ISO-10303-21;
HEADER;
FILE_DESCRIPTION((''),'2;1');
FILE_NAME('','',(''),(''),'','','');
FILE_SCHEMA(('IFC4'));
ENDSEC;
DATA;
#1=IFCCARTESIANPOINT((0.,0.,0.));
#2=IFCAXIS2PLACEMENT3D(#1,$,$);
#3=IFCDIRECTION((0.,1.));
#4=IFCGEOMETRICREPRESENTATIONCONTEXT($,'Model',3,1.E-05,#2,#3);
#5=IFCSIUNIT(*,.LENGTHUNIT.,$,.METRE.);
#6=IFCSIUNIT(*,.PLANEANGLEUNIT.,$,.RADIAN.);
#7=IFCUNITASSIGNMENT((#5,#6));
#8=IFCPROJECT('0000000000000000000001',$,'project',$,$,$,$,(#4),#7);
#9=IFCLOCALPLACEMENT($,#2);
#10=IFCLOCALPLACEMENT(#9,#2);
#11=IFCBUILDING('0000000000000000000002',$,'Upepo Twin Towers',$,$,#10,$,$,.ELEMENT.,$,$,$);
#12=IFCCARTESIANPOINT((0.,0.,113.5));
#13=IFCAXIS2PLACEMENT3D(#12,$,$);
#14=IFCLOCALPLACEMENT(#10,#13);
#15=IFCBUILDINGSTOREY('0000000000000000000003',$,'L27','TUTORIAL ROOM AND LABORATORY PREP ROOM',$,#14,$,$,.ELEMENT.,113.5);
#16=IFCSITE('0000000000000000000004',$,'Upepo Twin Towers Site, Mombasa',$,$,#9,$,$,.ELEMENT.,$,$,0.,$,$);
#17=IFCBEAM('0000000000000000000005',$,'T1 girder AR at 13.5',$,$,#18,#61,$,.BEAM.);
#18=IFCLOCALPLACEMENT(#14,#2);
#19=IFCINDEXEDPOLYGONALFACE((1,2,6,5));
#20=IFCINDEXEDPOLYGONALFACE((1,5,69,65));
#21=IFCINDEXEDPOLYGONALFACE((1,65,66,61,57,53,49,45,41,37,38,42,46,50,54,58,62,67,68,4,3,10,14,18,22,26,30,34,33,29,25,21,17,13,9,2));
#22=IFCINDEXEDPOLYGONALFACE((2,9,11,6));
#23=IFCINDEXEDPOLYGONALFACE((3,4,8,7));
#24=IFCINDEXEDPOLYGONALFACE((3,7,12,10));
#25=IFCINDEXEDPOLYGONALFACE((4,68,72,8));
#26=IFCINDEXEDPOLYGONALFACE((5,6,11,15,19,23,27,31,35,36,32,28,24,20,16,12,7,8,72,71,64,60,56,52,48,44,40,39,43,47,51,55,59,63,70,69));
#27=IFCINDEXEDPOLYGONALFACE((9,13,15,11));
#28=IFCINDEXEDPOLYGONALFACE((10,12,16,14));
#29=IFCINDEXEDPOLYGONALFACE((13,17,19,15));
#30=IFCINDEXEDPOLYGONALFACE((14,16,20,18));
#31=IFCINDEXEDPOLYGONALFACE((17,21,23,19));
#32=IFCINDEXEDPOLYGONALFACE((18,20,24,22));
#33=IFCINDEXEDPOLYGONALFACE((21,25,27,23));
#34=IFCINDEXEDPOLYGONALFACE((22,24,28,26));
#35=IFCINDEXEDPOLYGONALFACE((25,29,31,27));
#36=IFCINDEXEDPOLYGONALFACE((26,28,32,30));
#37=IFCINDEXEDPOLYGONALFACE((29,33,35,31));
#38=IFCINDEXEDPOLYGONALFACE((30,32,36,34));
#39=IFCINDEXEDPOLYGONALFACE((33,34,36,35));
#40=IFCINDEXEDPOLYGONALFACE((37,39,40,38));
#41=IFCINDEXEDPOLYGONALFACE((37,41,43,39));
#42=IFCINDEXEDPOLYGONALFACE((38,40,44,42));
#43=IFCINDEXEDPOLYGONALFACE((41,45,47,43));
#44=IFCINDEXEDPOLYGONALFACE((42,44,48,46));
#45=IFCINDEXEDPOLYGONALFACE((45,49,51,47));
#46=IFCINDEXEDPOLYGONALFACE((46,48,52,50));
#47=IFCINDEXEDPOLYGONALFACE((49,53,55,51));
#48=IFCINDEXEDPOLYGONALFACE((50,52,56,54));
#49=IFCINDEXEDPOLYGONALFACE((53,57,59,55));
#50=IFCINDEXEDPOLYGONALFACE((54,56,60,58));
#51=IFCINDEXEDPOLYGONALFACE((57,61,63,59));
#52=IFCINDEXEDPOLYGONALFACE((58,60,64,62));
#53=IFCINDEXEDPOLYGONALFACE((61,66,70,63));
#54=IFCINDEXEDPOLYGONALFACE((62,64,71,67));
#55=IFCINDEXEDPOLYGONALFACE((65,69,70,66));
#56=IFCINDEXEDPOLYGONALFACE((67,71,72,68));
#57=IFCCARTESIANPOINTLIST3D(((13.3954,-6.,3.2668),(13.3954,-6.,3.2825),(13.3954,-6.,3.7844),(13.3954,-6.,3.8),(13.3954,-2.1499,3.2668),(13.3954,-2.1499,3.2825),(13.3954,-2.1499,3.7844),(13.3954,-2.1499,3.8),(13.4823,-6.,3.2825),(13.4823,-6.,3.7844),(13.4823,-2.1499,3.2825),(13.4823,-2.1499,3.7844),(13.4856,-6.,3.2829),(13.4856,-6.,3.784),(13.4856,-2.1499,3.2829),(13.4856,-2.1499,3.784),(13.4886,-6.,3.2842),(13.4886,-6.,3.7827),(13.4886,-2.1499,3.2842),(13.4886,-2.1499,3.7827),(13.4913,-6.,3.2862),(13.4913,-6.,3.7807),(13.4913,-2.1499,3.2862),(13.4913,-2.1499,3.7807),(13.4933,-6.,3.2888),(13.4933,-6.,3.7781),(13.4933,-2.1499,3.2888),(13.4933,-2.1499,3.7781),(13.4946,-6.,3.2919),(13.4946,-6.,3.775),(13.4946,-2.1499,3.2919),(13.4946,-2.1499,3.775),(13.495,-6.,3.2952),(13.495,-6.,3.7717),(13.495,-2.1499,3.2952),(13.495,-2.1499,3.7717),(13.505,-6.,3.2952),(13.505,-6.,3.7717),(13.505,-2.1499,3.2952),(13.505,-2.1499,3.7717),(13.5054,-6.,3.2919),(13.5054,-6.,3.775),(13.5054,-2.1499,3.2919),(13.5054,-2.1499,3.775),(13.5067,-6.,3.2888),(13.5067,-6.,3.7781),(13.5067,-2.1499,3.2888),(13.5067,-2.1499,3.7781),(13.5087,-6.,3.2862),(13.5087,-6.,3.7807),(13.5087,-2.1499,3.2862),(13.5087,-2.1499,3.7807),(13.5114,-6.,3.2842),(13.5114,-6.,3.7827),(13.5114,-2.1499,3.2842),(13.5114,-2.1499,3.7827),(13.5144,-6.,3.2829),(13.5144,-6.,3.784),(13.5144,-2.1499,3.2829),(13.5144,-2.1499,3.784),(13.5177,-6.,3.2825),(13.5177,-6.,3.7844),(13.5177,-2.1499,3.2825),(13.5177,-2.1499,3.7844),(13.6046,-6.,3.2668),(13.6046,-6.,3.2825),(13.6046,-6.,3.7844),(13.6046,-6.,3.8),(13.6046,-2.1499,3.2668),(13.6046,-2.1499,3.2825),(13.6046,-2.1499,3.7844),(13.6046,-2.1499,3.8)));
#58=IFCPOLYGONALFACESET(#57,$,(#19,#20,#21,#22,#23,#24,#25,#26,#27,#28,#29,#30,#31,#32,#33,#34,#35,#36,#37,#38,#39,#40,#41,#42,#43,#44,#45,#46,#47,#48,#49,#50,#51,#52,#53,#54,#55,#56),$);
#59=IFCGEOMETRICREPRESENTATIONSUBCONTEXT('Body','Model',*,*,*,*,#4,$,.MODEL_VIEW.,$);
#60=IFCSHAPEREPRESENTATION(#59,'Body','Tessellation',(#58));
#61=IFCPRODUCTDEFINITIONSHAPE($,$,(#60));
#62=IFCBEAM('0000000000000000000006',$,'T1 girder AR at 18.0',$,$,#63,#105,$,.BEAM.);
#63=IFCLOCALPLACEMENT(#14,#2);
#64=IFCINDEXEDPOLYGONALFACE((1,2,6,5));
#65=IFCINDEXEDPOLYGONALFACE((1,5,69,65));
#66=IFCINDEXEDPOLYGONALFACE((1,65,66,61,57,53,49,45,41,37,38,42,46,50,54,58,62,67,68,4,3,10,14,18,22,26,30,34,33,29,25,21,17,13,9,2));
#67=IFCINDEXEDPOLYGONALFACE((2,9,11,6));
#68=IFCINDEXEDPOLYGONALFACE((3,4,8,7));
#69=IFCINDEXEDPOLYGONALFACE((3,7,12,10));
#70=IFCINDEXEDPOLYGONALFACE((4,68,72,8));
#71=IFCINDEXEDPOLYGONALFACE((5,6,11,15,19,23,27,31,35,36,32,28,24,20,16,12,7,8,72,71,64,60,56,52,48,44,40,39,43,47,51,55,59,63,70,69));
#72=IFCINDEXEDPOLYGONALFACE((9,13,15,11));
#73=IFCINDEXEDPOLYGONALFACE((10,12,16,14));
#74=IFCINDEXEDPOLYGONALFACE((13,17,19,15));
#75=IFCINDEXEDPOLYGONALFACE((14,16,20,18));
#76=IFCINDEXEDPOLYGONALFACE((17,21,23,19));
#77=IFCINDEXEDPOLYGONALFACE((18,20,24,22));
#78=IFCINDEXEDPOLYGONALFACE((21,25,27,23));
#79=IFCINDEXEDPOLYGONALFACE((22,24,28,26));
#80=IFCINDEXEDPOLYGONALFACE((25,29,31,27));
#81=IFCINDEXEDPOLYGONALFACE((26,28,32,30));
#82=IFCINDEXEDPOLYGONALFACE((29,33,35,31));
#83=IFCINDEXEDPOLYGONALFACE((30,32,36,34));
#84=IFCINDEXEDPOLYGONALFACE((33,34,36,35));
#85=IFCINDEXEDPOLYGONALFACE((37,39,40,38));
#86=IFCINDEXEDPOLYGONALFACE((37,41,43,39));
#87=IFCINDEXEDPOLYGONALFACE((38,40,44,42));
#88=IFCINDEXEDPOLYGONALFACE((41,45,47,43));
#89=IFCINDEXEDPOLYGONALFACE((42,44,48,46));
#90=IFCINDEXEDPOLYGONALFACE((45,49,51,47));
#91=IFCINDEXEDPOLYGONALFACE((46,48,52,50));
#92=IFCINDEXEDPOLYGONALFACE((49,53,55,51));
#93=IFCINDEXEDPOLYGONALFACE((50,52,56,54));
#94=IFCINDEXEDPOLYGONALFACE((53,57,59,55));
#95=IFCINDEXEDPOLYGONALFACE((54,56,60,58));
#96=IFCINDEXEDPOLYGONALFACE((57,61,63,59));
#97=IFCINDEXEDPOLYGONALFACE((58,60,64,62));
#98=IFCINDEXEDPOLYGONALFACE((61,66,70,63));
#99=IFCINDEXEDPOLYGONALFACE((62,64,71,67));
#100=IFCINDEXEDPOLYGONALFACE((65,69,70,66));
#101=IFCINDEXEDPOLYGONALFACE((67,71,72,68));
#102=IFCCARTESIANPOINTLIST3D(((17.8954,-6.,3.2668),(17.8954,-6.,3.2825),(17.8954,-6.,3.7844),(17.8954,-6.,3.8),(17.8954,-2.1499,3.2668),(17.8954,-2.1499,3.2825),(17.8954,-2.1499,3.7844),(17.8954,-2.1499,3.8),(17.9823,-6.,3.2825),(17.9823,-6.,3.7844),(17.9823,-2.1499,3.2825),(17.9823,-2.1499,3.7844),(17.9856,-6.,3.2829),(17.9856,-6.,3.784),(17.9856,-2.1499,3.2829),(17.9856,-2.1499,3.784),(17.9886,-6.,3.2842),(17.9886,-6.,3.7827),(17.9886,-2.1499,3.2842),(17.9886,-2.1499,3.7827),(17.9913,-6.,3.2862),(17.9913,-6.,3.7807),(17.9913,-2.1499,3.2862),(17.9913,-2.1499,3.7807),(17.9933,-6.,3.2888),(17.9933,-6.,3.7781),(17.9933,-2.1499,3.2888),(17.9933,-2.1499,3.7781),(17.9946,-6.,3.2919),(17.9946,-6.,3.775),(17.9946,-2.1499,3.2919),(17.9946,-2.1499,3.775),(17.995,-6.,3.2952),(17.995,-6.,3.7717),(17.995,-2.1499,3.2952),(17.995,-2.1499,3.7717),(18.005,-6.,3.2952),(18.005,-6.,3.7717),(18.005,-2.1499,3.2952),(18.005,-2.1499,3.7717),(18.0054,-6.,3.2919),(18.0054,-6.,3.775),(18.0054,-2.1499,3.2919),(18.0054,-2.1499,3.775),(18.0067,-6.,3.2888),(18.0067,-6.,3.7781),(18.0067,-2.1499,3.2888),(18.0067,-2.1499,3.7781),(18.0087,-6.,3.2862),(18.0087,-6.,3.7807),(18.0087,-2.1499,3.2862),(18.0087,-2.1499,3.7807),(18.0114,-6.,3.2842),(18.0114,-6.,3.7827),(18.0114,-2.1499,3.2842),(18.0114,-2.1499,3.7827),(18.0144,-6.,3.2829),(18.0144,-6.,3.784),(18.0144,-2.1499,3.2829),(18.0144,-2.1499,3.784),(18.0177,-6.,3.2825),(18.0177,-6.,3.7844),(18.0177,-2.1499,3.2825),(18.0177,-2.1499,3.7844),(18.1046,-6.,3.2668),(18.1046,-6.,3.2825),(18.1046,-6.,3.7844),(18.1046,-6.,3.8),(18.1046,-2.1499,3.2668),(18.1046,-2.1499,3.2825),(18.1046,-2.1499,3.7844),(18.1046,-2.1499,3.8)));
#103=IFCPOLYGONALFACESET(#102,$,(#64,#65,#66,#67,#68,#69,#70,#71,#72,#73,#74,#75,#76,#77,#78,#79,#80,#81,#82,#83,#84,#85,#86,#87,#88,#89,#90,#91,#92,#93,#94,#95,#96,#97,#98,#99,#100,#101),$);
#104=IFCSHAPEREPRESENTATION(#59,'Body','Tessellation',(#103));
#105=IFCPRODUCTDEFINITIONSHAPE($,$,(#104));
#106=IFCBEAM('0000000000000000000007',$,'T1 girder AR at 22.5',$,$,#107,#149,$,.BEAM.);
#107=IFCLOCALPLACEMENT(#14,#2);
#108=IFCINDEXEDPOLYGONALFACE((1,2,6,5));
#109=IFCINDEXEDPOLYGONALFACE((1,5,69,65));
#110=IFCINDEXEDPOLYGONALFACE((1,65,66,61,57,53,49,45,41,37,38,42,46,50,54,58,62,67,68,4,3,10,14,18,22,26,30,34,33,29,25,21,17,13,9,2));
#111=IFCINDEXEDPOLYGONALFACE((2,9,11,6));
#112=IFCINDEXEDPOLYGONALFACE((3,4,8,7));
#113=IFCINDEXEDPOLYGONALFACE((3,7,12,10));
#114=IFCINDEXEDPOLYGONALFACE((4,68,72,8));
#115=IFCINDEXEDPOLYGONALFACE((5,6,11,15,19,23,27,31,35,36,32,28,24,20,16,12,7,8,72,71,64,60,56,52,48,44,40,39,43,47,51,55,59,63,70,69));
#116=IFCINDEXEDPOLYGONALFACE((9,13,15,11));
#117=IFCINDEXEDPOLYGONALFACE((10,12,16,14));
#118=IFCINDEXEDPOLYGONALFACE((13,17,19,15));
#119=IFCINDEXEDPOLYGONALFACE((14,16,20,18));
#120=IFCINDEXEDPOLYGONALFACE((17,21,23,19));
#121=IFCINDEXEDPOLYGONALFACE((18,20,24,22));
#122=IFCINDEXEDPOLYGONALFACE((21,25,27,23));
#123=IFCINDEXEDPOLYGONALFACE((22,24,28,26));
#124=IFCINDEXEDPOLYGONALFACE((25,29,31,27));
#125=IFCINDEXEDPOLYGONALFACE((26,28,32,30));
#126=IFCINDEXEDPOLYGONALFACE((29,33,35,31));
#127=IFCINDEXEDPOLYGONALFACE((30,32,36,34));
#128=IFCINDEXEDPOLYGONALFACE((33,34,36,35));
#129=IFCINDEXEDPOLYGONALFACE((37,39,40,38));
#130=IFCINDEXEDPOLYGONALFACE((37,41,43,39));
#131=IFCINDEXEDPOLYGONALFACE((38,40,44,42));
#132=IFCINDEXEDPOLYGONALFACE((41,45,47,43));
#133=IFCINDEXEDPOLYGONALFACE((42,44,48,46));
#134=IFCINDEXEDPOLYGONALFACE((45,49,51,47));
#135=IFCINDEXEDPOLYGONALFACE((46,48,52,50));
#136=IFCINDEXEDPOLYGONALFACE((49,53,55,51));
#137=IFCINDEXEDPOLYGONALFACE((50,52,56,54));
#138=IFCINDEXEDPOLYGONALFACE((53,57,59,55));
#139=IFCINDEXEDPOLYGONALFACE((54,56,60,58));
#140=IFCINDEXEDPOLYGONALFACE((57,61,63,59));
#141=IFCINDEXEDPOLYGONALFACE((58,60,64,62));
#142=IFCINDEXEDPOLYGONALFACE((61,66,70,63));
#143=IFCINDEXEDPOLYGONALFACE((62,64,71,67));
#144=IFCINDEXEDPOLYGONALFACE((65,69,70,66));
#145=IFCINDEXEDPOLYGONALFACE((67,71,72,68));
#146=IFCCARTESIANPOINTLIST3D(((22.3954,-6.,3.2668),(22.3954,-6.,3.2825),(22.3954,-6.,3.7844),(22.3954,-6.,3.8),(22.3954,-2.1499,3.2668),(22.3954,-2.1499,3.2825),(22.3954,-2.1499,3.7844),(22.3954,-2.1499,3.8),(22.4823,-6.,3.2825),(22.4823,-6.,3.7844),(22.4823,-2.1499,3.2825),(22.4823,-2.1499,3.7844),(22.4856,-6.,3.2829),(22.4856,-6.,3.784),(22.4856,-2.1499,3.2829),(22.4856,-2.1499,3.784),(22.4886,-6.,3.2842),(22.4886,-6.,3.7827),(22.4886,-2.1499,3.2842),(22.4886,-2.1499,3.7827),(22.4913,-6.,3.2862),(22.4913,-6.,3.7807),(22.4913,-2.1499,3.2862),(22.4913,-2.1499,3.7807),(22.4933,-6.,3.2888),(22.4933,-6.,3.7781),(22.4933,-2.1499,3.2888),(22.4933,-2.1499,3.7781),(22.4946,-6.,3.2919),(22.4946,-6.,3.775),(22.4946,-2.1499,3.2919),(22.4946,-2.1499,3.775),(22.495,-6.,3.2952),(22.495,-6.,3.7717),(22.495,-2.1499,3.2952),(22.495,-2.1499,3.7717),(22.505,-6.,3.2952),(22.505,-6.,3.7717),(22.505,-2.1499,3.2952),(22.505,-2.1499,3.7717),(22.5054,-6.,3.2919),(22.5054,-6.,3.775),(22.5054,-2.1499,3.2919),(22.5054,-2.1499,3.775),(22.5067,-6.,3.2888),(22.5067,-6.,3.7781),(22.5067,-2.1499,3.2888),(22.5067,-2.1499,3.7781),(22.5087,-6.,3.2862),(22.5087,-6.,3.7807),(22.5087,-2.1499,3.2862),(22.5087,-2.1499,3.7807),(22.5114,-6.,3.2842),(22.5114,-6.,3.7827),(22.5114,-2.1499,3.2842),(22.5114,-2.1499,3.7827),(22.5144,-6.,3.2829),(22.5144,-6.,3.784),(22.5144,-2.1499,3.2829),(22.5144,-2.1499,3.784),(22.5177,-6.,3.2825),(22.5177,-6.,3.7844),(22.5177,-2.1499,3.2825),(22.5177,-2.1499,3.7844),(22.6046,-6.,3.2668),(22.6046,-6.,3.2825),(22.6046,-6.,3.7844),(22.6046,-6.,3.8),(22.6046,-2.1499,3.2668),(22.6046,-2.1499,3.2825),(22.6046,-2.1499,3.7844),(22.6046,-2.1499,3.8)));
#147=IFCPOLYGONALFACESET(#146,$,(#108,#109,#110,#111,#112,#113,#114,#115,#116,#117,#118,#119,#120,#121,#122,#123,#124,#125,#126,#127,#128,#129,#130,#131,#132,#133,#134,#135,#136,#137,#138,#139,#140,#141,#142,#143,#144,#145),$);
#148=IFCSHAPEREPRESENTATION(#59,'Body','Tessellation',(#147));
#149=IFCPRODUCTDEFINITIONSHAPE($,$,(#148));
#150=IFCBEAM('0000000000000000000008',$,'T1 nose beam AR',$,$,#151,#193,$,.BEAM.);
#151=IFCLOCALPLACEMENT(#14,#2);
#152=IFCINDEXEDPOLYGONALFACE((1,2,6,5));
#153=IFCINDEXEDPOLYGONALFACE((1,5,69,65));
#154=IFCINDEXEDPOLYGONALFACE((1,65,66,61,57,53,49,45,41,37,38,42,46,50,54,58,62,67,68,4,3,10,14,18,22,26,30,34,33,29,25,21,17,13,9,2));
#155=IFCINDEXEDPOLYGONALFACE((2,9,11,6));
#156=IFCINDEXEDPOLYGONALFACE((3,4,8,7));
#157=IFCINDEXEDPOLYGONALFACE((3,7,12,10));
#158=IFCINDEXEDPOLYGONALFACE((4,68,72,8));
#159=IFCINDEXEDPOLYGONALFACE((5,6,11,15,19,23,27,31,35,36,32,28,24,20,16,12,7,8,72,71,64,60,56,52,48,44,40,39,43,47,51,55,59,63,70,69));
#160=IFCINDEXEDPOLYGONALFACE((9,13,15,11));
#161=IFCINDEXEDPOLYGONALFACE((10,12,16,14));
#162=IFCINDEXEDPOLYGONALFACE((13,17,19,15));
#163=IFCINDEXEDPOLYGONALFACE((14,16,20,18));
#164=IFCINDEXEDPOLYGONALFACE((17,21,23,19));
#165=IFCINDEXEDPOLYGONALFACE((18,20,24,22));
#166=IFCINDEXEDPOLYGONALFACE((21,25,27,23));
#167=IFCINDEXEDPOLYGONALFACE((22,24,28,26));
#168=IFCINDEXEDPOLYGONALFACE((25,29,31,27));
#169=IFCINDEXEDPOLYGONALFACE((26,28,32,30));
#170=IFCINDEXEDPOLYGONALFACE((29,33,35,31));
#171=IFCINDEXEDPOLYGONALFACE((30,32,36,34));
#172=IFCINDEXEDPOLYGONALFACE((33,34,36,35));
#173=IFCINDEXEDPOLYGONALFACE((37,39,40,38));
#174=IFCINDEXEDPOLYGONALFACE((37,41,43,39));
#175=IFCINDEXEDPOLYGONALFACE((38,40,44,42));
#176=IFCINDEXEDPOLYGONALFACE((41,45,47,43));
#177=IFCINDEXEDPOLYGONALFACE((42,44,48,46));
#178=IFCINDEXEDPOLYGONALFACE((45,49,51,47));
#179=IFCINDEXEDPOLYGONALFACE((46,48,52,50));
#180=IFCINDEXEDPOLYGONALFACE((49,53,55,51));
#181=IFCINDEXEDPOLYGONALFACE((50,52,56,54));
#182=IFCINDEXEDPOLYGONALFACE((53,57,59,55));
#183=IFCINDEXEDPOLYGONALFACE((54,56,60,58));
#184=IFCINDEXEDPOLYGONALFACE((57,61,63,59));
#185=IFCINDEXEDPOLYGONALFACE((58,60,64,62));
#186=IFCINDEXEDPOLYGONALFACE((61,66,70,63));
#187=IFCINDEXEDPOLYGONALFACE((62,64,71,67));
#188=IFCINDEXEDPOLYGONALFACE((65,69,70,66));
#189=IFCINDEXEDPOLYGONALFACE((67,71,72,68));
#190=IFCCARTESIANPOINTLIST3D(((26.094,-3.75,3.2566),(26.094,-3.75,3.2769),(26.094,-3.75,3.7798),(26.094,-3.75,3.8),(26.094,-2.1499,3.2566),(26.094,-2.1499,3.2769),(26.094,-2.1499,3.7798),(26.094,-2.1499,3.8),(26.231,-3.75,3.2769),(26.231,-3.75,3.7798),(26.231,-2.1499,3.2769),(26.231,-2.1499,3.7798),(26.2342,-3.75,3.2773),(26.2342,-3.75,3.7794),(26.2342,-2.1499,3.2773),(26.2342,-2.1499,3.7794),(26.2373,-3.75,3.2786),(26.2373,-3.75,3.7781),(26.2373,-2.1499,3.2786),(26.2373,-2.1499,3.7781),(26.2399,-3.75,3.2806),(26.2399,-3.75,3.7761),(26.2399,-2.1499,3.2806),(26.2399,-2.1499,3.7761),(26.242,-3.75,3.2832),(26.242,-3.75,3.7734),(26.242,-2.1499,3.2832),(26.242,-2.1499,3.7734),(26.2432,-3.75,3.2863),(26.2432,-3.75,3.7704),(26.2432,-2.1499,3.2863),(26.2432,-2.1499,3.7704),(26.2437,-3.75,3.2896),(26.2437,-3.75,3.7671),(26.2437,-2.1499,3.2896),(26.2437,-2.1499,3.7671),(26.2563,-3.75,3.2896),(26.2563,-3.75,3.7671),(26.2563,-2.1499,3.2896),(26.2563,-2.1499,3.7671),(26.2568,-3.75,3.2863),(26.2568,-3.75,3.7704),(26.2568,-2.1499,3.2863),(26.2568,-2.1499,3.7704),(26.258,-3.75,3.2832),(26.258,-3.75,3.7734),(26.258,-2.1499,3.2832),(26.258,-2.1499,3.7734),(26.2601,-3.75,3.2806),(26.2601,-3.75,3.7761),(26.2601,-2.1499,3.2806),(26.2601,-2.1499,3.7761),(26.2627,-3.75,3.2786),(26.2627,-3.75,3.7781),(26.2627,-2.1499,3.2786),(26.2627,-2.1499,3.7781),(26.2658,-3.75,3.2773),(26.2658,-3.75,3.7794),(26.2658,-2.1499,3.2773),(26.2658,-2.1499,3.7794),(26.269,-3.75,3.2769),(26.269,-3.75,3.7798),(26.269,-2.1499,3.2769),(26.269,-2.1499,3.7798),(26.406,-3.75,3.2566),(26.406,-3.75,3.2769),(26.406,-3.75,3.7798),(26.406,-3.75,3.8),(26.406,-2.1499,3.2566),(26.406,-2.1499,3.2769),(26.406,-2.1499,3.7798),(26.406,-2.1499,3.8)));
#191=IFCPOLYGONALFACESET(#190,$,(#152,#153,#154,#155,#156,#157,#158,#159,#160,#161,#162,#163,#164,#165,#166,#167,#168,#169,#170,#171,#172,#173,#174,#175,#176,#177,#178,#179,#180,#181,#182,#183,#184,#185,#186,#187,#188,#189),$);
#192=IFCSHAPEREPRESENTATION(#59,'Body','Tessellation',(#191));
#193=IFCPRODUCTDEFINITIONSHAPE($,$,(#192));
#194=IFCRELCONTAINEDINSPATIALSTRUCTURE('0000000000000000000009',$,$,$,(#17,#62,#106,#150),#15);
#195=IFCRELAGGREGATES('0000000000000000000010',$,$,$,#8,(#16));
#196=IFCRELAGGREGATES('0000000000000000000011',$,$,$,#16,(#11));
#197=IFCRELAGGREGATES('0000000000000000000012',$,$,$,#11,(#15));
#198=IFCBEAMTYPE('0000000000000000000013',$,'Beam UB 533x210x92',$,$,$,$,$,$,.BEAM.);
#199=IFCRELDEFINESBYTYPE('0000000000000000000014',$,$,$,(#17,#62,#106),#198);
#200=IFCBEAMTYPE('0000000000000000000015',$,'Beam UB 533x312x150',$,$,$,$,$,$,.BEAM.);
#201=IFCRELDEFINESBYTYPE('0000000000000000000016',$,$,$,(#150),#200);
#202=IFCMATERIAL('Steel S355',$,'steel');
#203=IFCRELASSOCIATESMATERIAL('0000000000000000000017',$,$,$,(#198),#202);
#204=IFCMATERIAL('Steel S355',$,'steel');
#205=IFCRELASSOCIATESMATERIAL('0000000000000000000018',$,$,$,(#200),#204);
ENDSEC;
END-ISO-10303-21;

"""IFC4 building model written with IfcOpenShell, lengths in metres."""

from ifc_helpers import new_model, si_unit, direction, frame, origin, origin_2d, place, context, subcontext, project, spatial, i_section, extrude, material, material_profile, profile_set, type_object, element, save


model = new_model("IFC4")

# Units and contexts
model_context = context("Model", 3, precision=1e-05, world=origin(), true_north=direction((0.0, 1.0)))
body_context = subcontext(model_context, "Body", "Model", "MODEL_VIEW")
ifc_project = project(units=[si_unit("LENGTHUNIT", "METRE"), si_unit("PLANEANGLEUNIT", "RADIAN")], contexts=[model_context])

# Site, building, storey
site_placement = place(None, origin())
site = spatial("IfcSite", under=ifc_project, at=site_placement, Name="Upepo Twin Towers Site, Mombasa", CompositionType="ELEMENT", RefElevation=0.0)
building_placement = place(site_placement, origin())
building = spatial("IfcBuilding", under=site, at=building_placement, Name="Upepo Twin Towers", CompositionType="ELEMENT")
storey_placement = place(building_placement, frame((0.0, 0.0, 113.5)))
storey = spatial("IfcBuildingStorey", under=building, at=storey_placement, Name="L27", Description="TUTORIAL ROOM AND LABORATORY PREP ROOM", CompositionType="ELEMENT", Elevation=113.5)

# Beams
ifc_material_1 = material(Name="Steel S355", Category="steel")
ifc_material_profile_1 = material_profile(ifc_material_1, i_section(OverallWidth=0.2092, OverallDepth=0.5332, WebThickness=0.01, FlangeThickness=0.0156, FilletRadius=0.0127, at=origin_2d()), Name="UB 533x210x92")
ifc_profile_set_1 = profile_set([ifc_material_profile_1], Name="Steel S355")
beam_type_1 = type_object("IfcBeamType", Name="Beam UB 533x210x92", PredefinedType="BEAM", material=ifc_profile_set_1)
for number, where, z_axis, x_axis, name in (
    (1, (13.5, -6.0, 3.5334), (0.0, 1.0, 0.0), (-1.0, 0.0, 0.0), "T1 girder AR at 13.5"),
    (2, (18.0, -6.0, 3.5334), (0.0, 1.0, 0.0), (-1.0, 0.0, 0.0), "T1 girder AR at 18.0"),
    (3, (22.5, -6.0, 3.5334), (0.0, 1.0, 0.0), (-1.0, 0.0, 0.0), "T1 girder AR at 22.5"),
):
    element("IfcBeam", number, at=place(storey_placement, frame(where, z_axis=z_axis, x_axis=x_axis)), inside=storey, type_object=beam_type_1, Name=name, PredefinedType="BEAM", context=body_context, shape_type="SweptSolid", body=[
        extrude(i_section(OverallWidth=0.2092, OverallDepth=0.5332, WebThickness=0.01, FlangeThickness=0.0156, FilletRadius=0.0127, at=origin_2d()), origin(), (0.0, 0.0, 1.0), 3.8501),
    ])
ifc_material_2 = material(Name="Steel S355", Category="steel")
ifc_material_profile_2 = material_profile(ifc_material_2, i_section(OverallWidth=0.312, OverallDepth=0.5435, WebThickness=0.0127, FlangeThickness=0.0203, FilletRadius=0.0127, at=origin_2d()), Name="UB 533x312x150")
ifc_profile_set_2 = profile_set([ifc_material_profile_2], Name="Steel S355")
beam_type_2 = type_object("IfcBeamType", Name="Beam UB 533x312x150", PredefinedType="BEAM", material=ifc_profile_set_2)
beam_1_placement = place(storey_placement, frame((26.25, -3.75, 3.5283), z_axis=(0.0, 1.0, 0.0), x_axis=(-1.0, 0.0, 0.0)))
element("IfcBeam", 4, at=beam_1_placement, inside=storey, type_object=beam_type_2, Name="T1 nose beam AR", PredefinedType="BEAM", context=body_context, shape_type="SweptSolid", body=[
    extrude(i_section(OverallWidth=0.312, OverallDepth=0.5435, WebThickness=0.0127, FlangeThickness=0.0203, FilletRadius=0.0127, at=origin_2d()), origin(), (0.0, 0.0, 1.0), 1.6001),
])

save(model, "model.ifc")
